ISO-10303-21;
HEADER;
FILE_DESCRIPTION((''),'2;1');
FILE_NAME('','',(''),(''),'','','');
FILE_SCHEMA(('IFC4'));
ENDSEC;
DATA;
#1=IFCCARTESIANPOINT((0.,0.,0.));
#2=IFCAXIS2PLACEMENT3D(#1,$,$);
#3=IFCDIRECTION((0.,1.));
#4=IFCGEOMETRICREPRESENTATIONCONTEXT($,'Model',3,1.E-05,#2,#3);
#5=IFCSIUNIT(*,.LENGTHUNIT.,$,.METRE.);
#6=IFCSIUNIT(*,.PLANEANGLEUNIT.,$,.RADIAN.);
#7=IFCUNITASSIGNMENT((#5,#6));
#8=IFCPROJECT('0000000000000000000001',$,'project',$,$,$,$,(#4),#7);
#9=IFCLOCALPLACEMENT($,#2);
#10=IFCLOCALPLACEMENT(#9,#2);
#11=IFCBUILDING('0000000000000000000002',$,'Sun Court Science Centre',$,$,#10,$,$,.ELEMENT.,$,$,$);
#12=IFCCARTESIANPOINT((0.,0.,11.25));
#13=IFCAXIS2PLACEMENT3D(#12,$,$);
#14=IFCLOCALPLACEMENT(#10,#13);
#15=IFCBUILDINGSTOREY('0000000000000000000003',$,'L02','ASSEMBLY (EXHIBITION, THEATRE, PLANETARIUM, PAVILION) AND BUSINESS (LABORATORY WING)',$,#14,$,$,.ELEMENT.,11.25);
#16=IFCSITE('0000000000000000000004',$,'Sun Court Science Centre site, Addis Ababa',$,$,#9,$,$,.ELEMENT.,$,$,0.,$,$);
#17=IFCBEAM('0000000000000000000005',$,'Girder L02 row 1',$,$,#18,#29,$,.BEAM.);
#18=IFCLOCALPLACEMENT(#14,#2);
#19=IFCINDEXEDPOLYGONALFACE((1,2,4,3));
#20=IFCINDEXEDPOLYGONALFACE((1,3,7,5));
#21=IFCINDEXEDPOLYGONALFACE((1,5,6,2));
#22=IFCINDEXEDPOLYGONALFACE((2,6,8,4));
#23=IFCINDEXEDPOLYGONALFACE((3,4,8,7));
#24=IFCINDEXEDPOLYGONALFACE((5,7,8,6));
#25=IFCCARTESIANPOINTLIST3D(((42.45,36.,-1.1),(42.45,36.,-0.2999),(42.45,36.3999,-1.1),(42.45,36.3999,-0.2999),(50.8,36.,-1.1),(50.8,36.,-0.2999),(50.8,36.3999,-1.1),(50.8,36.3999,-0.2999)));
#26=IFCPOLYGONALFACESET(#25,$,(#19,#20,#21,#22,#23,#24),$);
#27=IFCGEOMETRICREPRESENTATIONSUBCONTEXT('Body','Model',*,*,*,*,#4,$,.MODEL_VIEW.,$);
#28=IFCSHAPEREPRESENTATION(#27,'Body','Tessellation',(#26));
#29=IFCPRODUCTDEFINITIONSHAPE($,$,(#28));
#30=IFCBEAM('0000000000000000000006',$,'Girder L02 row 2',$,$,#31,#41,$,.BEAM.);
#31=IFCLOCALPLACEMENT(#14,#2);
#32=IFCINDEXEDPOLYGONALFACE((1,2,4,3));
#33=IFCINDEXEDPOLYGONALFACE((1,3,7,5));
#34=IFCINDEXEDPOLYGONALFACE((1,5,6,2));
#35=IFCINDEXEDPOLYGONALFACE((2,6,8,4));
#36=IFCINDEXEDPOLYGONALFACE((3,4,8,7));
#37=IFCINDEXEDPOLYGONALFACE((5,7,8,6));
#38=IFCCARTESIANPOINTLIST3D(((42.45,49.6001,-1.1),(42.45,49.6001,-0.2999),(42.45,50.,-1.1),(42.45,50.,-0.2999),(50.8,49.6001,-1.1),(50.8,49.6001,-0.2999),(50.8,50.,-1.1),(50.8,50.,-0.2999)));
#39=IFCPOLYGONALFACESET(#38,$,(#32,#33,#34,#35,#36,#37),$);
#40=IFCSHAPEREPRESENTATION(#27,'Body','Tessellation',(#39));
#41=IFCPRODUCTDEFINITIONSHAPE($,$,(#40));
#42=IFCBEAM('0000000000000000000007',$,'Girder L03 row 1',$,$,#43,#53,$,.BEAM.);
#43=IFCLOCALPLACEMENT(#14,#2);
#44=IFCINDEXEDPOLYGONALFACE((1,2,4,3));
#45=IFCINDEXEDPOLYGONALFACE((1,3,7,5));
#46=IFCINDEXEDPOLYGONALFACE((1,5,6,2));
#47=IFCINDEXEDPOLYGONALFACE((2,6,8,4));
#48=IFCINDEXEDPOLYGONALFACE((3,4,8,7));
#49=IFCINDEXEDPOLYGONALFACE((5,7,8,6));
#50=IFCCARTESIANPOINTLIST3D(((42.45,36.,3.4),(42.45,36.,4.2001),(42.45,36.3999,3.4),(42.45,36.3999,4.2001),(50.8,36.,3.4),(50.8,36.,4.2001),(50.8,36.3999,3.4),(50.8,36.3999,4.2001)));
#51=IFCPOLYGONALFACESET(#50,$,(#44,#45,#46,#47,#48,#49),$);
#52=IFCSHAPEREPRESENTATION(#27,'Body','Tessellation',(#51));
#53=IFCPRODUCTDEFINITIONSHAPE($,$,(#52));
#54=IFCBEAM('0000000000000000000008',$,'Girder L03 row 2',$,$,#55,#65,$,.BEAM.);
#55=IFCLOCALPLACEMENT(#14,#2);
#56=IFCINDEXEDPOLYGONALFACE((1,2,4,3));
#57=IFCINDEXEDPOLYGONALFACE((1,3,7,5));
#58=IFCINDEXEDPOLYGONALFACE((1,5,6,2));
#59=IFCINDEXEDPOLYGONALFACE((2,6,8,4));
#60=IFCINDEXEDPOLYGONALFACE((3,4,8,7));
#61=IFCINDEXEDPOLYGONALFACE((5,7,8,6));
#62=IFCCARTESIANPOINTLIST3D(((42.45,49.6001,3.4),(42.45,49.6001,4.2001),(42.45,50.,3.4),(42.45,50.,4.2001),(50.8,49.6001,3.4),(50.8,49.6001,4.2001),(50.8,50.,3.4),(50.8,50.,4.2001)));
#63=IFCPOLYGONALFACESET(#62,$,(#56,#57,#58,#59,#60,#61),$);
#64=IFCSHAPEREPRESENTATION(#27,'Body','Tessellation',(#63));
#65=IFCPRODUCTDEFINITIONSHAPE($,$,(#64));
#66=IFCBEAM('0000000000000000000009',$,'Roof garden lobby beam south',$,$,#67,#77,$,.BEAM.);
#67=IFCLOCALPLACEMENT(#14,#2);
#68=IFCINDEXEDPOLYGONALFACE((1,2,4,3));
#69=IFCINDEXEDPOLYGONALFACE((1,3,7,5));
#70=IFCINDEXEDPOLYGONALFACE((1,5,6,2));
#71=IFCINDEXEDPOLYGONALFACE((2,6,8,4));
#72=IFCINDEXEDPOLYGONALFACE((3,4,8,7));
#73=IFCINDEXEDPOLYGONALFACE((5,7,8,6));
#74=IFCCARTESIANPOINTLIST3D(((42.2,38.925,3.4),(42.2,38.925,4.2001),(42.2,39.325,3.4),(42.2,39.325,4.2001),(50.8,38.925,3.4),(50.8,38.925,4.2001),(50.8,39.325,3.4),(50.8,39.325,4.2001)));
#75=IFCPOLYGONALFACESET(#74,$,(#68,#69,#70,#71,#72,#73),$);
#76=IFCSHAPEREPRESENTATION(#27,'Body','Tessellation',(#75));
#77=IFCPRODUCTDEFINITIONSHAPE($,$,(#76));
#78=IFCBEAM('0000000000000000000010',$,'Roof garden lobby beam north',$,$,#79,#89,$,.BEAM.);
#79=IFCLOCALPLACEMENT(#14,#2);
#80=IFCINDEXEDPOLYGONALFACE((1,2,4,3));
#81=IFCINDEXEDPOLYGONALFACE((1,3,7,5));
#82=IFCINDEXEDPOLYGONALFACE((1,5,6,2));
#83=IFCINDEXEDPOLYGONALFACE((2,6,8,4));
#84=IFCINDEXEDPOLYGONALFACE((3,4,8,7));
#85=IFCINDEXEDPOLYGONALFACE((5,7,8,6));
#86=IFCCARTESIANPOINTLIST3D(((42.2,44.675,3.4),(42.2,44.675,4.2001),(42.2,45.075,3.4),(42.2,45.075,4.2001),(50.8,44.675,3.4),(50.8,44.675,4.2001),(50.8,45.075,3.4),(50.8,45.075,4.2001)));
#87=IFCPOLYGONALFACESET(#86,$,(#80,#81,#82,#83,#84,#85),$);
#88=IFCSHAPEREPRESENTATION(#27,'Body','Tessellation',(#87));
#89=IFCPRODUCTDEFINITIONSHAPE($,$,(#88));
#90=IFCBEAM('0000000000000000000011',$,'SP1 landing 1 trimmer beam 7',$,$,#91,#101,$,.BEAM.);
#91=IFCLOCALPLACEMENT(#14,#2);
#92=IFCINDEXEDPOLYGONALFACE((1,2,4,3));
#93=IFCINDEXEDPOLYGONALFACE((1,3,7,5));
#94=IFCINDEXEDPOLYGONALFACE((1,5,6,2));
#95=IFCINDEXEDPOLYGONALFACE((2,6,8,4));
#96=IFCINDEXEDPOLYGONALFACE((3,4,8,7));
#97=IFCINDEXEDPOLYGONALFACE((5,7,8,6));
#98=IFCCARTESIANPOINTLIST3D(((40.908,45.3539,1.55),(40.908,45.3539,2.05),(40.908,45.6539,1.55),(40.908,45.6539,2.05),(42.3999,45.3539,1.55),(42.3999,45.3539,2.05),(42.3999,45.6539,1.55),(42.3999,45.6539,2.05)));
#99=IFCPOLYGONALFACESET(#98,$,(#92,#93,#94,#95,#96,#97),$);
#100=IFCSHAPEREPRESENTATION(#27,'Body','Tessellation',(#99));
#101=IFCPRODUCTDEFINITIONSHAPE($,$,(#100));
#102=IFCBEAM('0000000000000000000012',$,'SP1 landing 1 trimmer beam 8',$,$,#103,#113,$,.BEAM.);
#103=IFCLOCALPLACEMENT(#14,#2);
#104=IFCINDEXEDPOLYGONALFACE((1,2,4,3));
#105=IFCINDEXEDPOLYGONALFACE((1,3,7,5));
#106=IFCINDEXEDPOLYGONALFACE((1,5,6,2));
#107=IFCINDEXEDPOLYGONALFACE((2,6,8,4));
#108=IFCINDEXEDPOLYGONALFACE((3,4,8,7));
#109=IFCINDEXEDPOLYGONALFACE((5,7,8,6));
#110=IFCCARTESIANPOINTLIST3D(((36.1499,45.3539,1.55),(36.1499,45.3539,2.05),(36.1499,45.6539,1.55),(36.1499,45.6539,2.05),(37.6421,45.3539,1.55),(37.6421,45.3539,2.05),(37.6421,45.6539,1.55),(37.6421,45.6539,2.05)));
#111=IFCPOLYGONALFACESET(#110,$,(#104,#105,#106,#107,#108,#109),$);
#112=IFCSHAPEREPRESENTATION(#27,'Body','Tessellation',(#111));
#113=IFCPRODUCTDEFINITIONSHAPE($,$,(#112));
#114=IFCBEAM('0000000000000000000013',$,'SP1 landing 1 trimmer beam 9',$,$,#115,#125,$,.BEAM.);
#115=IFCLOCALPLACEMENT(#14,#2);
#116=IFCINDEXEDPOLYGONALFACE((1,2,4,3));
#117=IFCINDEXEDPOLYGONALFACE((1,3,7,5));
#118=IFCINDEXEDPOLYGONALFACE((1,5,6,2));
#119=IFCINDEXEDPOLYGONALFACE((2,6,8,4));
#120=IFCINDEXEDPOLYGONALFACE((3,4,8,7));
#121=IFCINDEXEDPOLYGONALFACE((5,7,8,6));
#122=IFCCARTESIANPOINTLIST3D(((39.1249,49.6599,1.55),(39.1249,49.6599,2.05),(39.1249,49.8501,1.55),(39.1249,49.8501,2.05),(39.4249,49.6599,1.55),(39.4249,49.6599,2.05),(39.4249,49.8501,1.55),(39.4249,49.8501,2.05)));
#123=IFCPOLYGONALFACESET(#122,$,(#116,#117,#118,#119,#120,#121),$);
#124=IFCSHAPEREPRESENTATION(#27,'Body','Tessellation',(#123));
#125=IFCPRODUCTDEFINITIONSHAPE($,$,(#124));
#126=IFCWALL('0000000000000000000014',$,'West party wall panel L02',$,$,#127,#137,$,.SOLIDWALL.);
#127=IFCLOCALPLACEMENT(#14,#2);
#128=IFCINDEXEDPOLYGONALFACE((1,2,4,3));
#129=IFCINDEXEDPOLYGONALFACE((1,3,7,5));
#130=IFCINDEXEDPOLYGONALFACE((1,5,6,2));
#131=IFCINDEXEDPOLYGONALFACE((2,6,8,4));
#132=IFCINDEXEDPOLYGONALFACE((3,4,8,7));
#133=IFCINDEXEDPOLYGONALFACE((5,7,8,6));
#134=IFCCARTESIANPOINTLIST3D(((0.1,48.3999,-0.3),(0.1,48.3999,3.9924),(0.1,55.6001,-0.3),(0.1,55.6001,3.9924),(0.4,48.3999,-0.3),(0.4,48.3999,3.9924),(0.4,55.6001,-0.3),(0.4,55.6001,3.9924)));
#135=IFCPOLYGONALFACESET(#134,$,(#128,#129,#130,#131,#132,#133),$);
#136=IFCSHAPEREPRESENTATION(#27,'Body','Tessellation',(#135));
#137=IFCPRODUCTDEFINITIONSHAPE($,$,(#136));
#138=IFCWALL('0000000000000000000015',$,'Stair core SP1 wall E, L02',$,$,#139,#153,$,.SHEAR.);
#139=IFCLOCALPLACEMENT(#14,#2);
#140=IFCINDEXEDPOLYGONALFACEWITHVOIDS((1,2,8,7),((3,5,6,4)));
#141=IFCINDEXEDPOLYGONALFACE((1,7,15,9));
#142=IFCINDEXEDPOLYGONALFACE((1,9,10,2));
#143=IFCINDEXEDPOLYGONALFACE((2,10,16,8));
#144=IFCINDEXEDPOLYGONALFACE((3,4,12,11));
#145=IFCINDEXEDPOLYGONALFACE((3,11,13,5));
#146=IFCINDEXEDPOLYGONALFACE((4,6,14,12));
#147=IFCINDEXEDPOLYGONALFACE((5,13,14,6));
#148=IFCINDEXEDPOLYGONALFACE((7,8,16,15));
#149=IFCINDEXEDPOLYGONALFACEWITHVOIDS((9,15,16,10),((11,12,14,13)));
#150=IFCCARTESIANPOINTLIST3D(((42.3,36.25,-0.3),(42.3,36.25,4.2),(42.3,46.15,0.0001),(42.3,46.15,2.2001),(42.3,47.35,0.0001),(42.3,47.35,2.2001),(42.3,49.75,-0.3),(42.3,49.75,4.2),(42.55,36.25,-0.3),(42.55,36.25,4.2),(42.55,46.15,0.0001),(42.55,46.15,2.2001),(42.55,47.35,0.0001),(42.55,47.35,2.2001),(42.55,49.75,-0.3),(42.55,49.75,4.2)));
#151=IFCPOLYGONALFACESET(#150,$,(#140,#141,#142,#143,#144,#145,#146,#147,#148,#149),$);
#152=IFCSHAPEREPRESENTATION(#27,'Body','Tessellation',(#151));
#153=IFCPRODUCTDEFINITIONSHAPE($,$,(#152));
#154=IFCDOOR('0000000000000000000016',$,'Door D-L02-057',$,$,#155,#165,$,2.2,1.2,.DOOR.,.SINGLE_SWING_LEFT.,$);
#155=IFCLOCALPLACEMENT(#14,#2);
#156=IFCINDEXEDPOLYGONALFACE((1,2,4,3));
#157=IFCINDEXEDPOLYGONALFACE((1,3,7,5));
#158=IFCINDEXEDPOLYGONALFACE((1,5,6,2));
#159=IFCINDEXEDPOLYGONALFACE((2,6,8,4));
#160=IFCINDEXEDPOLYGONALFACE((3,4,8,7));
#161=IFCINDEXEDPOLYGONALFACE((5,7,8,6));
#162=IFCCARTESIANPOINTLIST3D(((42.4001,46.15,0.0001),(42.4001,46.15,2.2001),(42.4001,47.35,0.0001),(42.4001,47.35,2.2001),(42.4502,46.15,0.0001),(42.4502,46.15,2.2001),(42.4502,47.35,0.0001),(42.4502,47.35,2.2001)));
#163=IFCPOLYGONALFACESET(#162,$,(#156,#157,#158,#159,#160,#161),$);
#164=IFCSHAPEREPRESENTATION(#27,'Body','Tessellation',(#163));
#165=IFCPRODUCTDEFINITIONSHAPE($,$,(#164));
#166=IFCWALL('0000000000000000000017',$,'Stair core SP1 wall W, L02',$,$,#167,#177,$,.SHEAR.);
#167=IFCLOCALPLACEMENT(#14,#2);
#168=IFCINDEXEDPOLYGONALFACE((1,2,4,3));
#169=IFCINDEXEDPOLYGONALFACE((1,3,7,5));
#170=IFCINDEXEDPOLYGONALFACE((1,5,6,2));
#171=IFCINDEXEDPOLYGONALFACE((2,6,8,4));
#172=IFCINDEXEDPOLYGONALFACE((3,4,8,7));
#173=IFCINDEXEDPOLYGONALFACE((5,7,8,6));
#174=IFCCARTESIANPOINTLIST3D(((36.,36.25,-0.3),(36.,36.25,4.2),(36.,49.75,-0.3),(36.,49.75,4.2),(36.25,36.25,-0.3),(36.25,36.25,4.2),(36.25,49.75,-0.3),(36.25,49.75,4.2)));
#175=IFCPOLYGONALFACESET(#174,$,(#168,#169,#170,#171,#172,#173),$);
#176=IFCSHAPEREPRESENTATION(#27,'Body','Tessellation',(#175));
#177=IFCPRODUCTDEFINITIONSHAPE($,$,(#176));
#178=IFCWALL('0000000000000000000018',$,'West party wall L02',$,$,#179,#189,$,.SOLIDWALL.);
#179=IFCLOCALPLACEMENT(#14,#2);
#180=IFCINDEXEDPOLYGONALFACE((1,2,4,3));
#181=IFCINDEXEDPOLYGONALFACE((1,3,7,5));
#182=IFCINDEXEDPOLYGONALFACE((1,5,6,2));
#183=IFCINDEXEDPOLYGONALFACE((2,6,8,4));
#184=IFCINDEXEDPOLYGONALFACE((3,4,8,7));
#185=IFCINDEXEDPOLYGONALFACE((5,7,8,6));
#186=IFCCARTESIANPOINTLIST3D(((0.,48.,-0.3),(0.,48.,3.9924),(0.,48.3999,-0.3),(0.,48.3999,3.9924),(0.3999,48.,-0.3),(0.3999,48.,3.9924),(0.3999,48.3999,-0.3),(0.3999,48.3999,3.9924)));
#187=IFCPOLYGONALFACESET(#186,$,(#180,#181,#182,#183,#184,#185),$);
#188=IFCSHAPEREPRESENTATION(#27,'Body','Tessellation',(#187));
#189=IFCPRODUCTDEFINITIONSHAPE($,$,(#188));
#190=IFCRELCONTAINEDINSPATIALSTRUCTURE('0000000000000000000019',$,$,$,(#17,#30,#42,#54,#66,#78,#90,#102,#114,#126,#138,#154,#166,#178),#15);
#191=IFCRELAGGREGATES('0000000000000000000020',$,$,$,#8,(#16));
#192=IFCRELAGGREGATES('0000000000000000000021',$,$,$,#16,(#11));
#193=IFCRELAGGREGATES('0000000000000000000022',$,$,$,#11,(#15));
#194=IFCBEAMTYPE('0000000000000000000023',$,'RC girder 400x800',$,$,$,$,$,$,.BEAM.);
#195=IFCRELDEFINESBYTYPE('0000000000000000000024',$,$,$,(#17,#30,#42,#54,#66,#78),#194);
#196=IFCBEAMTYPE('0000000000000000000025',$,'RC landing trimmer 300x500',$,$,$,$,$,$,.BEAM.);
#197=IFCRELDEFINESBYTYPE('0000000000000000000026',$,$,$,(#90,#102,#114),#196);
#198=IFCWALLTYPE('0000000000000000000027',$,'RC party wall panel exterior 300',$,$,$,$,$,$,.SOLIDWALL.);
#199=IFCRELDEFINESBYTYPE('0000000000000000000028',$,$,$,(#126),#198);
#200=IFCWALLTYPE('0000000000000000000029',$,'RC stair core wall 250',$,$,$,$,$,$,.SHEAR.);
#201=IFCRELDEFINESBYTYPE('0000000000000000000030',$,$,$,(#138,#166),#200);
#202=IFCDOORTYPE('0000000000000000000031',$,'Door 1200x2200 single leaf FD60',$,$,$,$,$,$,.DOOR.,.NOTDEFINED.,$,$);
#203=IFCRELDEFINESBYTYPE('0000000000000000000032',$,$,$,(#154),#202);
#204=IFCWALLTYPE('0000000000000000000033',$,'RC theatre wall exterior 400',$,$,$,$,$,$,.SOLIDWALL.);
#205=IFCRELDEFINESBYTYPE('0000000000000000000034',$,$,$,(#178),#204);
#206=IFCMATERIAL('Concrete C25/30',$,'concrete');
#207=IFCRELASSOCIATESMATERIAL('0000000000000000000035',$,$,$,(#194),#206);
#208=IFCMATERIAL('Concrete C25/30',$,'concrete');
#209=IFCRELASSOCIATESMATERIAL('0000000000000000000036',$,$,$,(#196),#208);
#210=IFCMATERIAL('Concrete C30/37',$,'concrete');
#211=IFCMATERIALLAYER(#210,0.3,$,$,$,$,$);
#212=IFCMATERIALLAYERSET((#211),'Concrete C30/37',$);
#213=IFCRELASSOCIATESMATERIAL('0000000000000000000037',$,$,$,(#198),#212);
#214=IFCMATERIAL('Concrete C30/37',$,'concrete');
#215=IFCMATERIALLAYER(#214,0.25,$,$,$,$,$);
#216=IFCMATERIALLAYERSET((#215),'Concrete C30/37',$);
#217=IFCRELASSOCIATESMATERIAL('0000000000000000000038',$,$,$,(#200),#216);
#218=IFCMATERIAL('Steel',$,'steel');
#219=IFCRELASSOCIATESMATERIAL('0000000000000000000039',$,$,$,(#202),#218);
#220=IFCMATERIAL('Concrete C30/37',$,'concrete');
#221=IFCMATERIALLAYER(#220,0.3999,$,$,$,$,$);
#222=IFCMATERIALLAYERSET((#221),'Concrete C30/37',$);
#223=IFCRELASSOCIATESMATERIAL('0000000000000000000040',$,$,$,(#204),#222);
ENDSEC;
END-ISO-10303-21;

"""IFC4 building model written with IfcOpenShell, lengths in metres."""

from ifc_helpers import new_model, si_unit, direction, frame, frame_2d, origin, origin_2d, place, context, subcontext, project, spatial, rectangle, extrude, material, layer, layer_set, material_profile, profile_set, type_object, element, fill, save


model = new_model("IFC4")

# Units and contexts
model_context = context("Model", 3, precision=1e-05, world=origin(), true_north=direction((0.0, 1.0)))
body_context = subcontext(model_context, "Body", "Model", "MODEL_VIEW")
ifc_project = project(units=[si_unit("LENGTHUNIT", "METRE"), si_unit("PLANEANGLEUNIT", "RADIAN")], contexts=[model_context])

# Site, building, storey
site_placement = place(None, origin())
site = spatial("IfcSite", under=ifc_project, at=site_placement, Name="Sun Court Science Centre site, Addis Ababa", CompositionType="ELEMENT", RefElevation=0.0)
building_placement = place(site_placement, origin())
building = spatial("IfcBuilding", under=site, at=building_placement, Name="Sun Court Science Centre", CompositionType="ELEMENT")
storey_placement = place(building_placement, frame((0.0, 0.0, 11.25)))
storey = spatial("IfcBuildingStorey", under=building, at=storey_placement, Name="L02", Description="ASSEMBLY (EXHIBITION, THEATRE, PLANETARIUM, PAVILION) AND BUSINESS (LABORATORY WING)", CompositionType="ELEMENT", Elevation=11.25)

# Beams
ifc_material_1 = material(Name="Concrete C25/30", Category="concrete")
ifc_material_profile_1 = material_profile(ifc_material_1, rectangle(XDim=0.3999, YDim=0.8, at=origin_2d()), Name="RC 400x800")
ifc_profile_set_1 = profile_set([ifc_material_profile_1], Name="Concrete C25/30")
beam_type_1 = type_object("IfcBeamType", Name="RC girder 400x800", PredefinedType="BEAM", material=ifc_profile_set_1)
for number, where, z_axis, x_axis, name in (
    (1, (42.45, 36.2, -0.7), (1.0, 0.0, 0.0), (0.0, 1.0, 0.0), "Girder L02 row 1"),
    (2, (42.45, 49.8, -0.7), (1.0, 0.0, 0.0), (0.0, 1.0, 0.0), "Girder L02 row 2"),
    (3, (42.45, 36.2, 3.8), (1.0, 0.0, 0.0), (0.0, 1.0, 0.0), "Girder L03 row 1"),
    (4, (42.45, 49.8, 3.8), (1.0, 0.0, 0.0), (0.0, 1.0, 0.0), "Girder L03 row 2"),
):
    element("IfcBeam", number, at=place(storey_placement, frame(where, z_axis=z_axis, x_axis=x_axis)), inside=storey, type_object=beam_type_1, Name=name, PredefinedType="BEAM", context=body_context, shape_type="SweptSolid", body=[
        extrude(rectangle(XDim=0.3999, YDim=0.8, at=origin_2d()), origin(), (0.0, 0.0, 1.0), 8.3501),
    ])
for number, where, z_axis, x_axis, name in (
    (5, (42.2, 39.125, 3.8), (1.0, 0.0, 0.0), (0.0, 1.0, 0.0), "Roof garden lobby beam south"),
    (6, (42.2, 44.875, 3.8), (1.0, 0.0, 0.0), (0.0, 1.0, 0.0), "Roof garden lobby beam north"),
):
    element("IfcBeam", number, at=place(storey_placement, frame(where, z_axis=z_axis, x_axis=x_axis)), inside=storey, type_object=beam_type_1, Name=name, PredefinedType="BEAM", context=body_context, shape_type="SweptSolid", body=[
        extrude(rectangle(XDim=0.3999, YDim=0.8, at=origin_2d()), origin(), (0.0, 0.0, 1.0), 8.6001),
    ])
ifc_material_2 = material(Name="Concrete C25/30", Category="concrete")
ifc_material_profile_2 = material_profile(ifc_material_2, rectangle(XDim=0.3, YDim=0.5, at=origin_2d()), Name="RC 300x500")
ifc_profile_set_2 = profile_set([ifc_material_profile_2], Name="Concrete C25/30")
beam_type_2 = type_object("IfcBeamType", Name="RC landing trimmer 300x500", PredefinedType="BEAM", material=ifc_profile_set_2)
beam_1_placement = place(storey_placement, frame((42.3999, 45.5039, 1.8), z_axis=(-1.0, 0.0, 0.0), x_axis=(0.0, -1.0, 0.0)))
element("IfcBeam", 7, at=beam_1_placement, inside=storey, type_object=beam_type_2, Name="SP1 landing 1 trimmer beam 7", PredefinedType="BEAM", context=body_context, shape_type="SweptSolid", body=[
    extrude(rectangle(XDim=0.3, YDim=0.5, at=origin_2d()), origin(), (0.0, 0.0, 1.0), 1.4919),
])
beam_2_placement = place(storey_placement, frame((36.1499, 45.5039, 1.8), z_axis=(1.0, 0.0, 0.0), x_axis=(0.0, 1.0, 0.0)))
element("IfcBeam", 8, at=beam_2_placement, inside=storey, type_object=beam_type_2, Name="SP1 landing 1 trimmer beam 8", PredefinedType="BEAM", context=body_context, shape_type="SweptSolid", body=[
    extrude(rectangle(XDim=0.3, YDim=0.5, at=origin_2d()), origin(), (0.0, 0.0, 1.0), 1.4922),
])
beam_3_placement = place(storey_placement, frame((39.2749, 49.8501, 1.8), z_axis=(0.0, -1.0, 0.0), x_axis=(1.0, 0.0, 0.0)))
element("IfcBeam", 9, at=beam_3_placement, inside=storey, type_object=beam_type_2, Name="SP1 landing 1 trimmer beam 9", PredefinedType="BEAM", context=body_context, shape_type="SweptSolid", body=[
    extrude(rectangle(XDim=0.3, YDim=0.5, at=origin_2d()), origin(), (0.0, 0.0, 1.0), 0.1902),
])

# Wall
ifc_material_3 = material(Name="Concrete C30/37", Category="concrete")
ifc_layer_1 = layer(ifc_material_3, 0.3)
ifc_layer_set_1 = layer_set([ifc_layer_1], Name="Concrete C30/37")
wall_type_1 = type_object("IfcWallType", Name="RC party wall panel exterior 300", PredefinedType="SOLIDWALL", material=ifc_layer_set_1)
wall_1_placement = place(storey_placement, frame((0.25, 48.3999, -0.3), z_axis=(0.0, 0.0, 1.0), x_axis=(0.0, 1.0, 0.0)))
element("IfcWall", 10, at=wall_1_placement, inside=storey, type_object=wall_type_1, Name="West party wall panel L02", PredefinedType="SOLIDWALL", context=body_context, shape_type="SweptSolid", body=[
    extrude(rectangle(XDim=7.2002, YDim=0.3, at=frame_2d((3.6001, 0.0))), origin(), (0.0, 0.0, 1.0), 4.2925),
])

# Wall, opening, door
ifc_material_4 = material(Name="Concrete C30/37", Category="concrete")
ifc_layer_2 = layer(ifc_material_4, 0.25)
ifc_layer_set_2 = layer_set([ifc_layer_2], Name="Concrete C30/37")
wall_type_2 = type_object("IfcWallType", Name="RC stair core wall 250", PredefinedType="SHEAR", material=ifc_layer_set_2)
wall_2_placement = place(storey_placement, frame((42.425, 36.25, -0.3), z_axis=(0.0, 0.0, 1.0), x_axis=(0.0, 1.0, 0.0)))
wall_2 = element("IfcWall", 11, at=wall_2_placement, inside=storey, type_object=wall_type_2, Name="Stair core SP1 wall E, L02", PredefinedType="SHEAR", context=body_context, shape_type="SweptSolid", body=[
    extrude(rectangle(XDim=13.5, YDim=0.25, at=frame_2d((6.75, 0.0))), origin(), (0.0, 0.0, 1.0), 4.5),
])
opening_placement = place(wall_2_placement, frame((9.8999, 0.0, 0.3)))
opening = element("IfcOpeningElement", 12, at=opening_placement, cuts=wall_2, PredefinedType="OPENING", context=body_context, shape_type="SweptSolid", body=[
    extrude(rectangle(XDim=1.2, YDim=2.2, at=frame_2d((0.6001, 1.1001))), frame((0.0, 0.135, 0.0), z_axis=(0.0, -1.0, 0.0), x_axis=(1.0, 0.0, 0.0)), (0.0, 0.0, 1.0), 0.27),
])
ifc_material_5 = material(Name="Steel", Category="steel")
door_type = type_object("IfcDoorType", Name="Door 1200x2200 single leaf FD60", OperationType="NOTDEFINED", PredefinedType="DOOR", material=ifc_material_5)
door_placement = place(opening_placement, origin())
door = element("IfcDoor", 13, at=door_placement, inside=storey, type_object=door_type, Name="Door D-L02-057", OperationType="SINGLE_SWING_LEFT", OverallHeight=2.2, OverallWidth=1.2, PredefinedType="DOOR", context=body_context, shape_type="SweptSolid", body=[
    extrude(rectangle(XDim=1.2, YDim=2.2, at=frame_2d((0.6001, 1.1001))), frame((0.0, 0.0249, 0.0), z_axis=(0.0, -1.0, 0.0), x_axis=(1.0, 0.0, 0.0)), (0.0, 0.0, 1.0), 0.05),
])
fill(opening, door)

# Walls
wall_3_placement = place(storey_placement, frame((36.125, 36.25, -0.3), z_axis=(0.0, 0.0, 1.0), x_axis=(0.0, 1.0, 0.0)))
element("IfcWall", 14, at=wall_3_placement, inside=storey, type_object=wall_type_2, Name="Stair core SP1 wall W, L02", PredefinedType="SHEAR", context=body_context, shape_type="SweptSolid", body=[
    extrude(rectangle(XDim=13.5, YDim=0.25, at=frame_2d((6.75, 0.0))), origin(), (0.0, 0.0, 1.0), 4.5),
])
ifc_material_6 = material(Name="Concrete C30/37", Category="concrete")
ifc_layer_3 = layer(ifc_material_6, 0.3999)
ifc_layer_set_3 = layer_set([ifc_layer_3], Name="Concrete C30/37")
wall_type_3 = type_object("IfcWallType", Name="RC theatre wall exterior 400", PredefinedType="SOLIDWALL", material=ifc_layer_set_3)
wall_4_placement = place(storey_placement, frame((0.2, 48.0, -0.3), z_axis=(0.0, 0.0, 1.0), x_axis=(0.0, 1.0, 0.0)))
element("IfcWall", 15, at=wall_4_placement, inside=storey, type_object=wall_type_3, Name="West party wall L02", PredefinedType="SOLIDWALL", context=body_context, shape_type="SweptSolid", body=[
    extrude(rectangle(XDim=0.3999, YDim=0.3999, at=frame_2d((0.2, 0.0))), origin(), (0.0, 0.0, 1.0), 4.2925),
])

save(model, "model.ifc")
